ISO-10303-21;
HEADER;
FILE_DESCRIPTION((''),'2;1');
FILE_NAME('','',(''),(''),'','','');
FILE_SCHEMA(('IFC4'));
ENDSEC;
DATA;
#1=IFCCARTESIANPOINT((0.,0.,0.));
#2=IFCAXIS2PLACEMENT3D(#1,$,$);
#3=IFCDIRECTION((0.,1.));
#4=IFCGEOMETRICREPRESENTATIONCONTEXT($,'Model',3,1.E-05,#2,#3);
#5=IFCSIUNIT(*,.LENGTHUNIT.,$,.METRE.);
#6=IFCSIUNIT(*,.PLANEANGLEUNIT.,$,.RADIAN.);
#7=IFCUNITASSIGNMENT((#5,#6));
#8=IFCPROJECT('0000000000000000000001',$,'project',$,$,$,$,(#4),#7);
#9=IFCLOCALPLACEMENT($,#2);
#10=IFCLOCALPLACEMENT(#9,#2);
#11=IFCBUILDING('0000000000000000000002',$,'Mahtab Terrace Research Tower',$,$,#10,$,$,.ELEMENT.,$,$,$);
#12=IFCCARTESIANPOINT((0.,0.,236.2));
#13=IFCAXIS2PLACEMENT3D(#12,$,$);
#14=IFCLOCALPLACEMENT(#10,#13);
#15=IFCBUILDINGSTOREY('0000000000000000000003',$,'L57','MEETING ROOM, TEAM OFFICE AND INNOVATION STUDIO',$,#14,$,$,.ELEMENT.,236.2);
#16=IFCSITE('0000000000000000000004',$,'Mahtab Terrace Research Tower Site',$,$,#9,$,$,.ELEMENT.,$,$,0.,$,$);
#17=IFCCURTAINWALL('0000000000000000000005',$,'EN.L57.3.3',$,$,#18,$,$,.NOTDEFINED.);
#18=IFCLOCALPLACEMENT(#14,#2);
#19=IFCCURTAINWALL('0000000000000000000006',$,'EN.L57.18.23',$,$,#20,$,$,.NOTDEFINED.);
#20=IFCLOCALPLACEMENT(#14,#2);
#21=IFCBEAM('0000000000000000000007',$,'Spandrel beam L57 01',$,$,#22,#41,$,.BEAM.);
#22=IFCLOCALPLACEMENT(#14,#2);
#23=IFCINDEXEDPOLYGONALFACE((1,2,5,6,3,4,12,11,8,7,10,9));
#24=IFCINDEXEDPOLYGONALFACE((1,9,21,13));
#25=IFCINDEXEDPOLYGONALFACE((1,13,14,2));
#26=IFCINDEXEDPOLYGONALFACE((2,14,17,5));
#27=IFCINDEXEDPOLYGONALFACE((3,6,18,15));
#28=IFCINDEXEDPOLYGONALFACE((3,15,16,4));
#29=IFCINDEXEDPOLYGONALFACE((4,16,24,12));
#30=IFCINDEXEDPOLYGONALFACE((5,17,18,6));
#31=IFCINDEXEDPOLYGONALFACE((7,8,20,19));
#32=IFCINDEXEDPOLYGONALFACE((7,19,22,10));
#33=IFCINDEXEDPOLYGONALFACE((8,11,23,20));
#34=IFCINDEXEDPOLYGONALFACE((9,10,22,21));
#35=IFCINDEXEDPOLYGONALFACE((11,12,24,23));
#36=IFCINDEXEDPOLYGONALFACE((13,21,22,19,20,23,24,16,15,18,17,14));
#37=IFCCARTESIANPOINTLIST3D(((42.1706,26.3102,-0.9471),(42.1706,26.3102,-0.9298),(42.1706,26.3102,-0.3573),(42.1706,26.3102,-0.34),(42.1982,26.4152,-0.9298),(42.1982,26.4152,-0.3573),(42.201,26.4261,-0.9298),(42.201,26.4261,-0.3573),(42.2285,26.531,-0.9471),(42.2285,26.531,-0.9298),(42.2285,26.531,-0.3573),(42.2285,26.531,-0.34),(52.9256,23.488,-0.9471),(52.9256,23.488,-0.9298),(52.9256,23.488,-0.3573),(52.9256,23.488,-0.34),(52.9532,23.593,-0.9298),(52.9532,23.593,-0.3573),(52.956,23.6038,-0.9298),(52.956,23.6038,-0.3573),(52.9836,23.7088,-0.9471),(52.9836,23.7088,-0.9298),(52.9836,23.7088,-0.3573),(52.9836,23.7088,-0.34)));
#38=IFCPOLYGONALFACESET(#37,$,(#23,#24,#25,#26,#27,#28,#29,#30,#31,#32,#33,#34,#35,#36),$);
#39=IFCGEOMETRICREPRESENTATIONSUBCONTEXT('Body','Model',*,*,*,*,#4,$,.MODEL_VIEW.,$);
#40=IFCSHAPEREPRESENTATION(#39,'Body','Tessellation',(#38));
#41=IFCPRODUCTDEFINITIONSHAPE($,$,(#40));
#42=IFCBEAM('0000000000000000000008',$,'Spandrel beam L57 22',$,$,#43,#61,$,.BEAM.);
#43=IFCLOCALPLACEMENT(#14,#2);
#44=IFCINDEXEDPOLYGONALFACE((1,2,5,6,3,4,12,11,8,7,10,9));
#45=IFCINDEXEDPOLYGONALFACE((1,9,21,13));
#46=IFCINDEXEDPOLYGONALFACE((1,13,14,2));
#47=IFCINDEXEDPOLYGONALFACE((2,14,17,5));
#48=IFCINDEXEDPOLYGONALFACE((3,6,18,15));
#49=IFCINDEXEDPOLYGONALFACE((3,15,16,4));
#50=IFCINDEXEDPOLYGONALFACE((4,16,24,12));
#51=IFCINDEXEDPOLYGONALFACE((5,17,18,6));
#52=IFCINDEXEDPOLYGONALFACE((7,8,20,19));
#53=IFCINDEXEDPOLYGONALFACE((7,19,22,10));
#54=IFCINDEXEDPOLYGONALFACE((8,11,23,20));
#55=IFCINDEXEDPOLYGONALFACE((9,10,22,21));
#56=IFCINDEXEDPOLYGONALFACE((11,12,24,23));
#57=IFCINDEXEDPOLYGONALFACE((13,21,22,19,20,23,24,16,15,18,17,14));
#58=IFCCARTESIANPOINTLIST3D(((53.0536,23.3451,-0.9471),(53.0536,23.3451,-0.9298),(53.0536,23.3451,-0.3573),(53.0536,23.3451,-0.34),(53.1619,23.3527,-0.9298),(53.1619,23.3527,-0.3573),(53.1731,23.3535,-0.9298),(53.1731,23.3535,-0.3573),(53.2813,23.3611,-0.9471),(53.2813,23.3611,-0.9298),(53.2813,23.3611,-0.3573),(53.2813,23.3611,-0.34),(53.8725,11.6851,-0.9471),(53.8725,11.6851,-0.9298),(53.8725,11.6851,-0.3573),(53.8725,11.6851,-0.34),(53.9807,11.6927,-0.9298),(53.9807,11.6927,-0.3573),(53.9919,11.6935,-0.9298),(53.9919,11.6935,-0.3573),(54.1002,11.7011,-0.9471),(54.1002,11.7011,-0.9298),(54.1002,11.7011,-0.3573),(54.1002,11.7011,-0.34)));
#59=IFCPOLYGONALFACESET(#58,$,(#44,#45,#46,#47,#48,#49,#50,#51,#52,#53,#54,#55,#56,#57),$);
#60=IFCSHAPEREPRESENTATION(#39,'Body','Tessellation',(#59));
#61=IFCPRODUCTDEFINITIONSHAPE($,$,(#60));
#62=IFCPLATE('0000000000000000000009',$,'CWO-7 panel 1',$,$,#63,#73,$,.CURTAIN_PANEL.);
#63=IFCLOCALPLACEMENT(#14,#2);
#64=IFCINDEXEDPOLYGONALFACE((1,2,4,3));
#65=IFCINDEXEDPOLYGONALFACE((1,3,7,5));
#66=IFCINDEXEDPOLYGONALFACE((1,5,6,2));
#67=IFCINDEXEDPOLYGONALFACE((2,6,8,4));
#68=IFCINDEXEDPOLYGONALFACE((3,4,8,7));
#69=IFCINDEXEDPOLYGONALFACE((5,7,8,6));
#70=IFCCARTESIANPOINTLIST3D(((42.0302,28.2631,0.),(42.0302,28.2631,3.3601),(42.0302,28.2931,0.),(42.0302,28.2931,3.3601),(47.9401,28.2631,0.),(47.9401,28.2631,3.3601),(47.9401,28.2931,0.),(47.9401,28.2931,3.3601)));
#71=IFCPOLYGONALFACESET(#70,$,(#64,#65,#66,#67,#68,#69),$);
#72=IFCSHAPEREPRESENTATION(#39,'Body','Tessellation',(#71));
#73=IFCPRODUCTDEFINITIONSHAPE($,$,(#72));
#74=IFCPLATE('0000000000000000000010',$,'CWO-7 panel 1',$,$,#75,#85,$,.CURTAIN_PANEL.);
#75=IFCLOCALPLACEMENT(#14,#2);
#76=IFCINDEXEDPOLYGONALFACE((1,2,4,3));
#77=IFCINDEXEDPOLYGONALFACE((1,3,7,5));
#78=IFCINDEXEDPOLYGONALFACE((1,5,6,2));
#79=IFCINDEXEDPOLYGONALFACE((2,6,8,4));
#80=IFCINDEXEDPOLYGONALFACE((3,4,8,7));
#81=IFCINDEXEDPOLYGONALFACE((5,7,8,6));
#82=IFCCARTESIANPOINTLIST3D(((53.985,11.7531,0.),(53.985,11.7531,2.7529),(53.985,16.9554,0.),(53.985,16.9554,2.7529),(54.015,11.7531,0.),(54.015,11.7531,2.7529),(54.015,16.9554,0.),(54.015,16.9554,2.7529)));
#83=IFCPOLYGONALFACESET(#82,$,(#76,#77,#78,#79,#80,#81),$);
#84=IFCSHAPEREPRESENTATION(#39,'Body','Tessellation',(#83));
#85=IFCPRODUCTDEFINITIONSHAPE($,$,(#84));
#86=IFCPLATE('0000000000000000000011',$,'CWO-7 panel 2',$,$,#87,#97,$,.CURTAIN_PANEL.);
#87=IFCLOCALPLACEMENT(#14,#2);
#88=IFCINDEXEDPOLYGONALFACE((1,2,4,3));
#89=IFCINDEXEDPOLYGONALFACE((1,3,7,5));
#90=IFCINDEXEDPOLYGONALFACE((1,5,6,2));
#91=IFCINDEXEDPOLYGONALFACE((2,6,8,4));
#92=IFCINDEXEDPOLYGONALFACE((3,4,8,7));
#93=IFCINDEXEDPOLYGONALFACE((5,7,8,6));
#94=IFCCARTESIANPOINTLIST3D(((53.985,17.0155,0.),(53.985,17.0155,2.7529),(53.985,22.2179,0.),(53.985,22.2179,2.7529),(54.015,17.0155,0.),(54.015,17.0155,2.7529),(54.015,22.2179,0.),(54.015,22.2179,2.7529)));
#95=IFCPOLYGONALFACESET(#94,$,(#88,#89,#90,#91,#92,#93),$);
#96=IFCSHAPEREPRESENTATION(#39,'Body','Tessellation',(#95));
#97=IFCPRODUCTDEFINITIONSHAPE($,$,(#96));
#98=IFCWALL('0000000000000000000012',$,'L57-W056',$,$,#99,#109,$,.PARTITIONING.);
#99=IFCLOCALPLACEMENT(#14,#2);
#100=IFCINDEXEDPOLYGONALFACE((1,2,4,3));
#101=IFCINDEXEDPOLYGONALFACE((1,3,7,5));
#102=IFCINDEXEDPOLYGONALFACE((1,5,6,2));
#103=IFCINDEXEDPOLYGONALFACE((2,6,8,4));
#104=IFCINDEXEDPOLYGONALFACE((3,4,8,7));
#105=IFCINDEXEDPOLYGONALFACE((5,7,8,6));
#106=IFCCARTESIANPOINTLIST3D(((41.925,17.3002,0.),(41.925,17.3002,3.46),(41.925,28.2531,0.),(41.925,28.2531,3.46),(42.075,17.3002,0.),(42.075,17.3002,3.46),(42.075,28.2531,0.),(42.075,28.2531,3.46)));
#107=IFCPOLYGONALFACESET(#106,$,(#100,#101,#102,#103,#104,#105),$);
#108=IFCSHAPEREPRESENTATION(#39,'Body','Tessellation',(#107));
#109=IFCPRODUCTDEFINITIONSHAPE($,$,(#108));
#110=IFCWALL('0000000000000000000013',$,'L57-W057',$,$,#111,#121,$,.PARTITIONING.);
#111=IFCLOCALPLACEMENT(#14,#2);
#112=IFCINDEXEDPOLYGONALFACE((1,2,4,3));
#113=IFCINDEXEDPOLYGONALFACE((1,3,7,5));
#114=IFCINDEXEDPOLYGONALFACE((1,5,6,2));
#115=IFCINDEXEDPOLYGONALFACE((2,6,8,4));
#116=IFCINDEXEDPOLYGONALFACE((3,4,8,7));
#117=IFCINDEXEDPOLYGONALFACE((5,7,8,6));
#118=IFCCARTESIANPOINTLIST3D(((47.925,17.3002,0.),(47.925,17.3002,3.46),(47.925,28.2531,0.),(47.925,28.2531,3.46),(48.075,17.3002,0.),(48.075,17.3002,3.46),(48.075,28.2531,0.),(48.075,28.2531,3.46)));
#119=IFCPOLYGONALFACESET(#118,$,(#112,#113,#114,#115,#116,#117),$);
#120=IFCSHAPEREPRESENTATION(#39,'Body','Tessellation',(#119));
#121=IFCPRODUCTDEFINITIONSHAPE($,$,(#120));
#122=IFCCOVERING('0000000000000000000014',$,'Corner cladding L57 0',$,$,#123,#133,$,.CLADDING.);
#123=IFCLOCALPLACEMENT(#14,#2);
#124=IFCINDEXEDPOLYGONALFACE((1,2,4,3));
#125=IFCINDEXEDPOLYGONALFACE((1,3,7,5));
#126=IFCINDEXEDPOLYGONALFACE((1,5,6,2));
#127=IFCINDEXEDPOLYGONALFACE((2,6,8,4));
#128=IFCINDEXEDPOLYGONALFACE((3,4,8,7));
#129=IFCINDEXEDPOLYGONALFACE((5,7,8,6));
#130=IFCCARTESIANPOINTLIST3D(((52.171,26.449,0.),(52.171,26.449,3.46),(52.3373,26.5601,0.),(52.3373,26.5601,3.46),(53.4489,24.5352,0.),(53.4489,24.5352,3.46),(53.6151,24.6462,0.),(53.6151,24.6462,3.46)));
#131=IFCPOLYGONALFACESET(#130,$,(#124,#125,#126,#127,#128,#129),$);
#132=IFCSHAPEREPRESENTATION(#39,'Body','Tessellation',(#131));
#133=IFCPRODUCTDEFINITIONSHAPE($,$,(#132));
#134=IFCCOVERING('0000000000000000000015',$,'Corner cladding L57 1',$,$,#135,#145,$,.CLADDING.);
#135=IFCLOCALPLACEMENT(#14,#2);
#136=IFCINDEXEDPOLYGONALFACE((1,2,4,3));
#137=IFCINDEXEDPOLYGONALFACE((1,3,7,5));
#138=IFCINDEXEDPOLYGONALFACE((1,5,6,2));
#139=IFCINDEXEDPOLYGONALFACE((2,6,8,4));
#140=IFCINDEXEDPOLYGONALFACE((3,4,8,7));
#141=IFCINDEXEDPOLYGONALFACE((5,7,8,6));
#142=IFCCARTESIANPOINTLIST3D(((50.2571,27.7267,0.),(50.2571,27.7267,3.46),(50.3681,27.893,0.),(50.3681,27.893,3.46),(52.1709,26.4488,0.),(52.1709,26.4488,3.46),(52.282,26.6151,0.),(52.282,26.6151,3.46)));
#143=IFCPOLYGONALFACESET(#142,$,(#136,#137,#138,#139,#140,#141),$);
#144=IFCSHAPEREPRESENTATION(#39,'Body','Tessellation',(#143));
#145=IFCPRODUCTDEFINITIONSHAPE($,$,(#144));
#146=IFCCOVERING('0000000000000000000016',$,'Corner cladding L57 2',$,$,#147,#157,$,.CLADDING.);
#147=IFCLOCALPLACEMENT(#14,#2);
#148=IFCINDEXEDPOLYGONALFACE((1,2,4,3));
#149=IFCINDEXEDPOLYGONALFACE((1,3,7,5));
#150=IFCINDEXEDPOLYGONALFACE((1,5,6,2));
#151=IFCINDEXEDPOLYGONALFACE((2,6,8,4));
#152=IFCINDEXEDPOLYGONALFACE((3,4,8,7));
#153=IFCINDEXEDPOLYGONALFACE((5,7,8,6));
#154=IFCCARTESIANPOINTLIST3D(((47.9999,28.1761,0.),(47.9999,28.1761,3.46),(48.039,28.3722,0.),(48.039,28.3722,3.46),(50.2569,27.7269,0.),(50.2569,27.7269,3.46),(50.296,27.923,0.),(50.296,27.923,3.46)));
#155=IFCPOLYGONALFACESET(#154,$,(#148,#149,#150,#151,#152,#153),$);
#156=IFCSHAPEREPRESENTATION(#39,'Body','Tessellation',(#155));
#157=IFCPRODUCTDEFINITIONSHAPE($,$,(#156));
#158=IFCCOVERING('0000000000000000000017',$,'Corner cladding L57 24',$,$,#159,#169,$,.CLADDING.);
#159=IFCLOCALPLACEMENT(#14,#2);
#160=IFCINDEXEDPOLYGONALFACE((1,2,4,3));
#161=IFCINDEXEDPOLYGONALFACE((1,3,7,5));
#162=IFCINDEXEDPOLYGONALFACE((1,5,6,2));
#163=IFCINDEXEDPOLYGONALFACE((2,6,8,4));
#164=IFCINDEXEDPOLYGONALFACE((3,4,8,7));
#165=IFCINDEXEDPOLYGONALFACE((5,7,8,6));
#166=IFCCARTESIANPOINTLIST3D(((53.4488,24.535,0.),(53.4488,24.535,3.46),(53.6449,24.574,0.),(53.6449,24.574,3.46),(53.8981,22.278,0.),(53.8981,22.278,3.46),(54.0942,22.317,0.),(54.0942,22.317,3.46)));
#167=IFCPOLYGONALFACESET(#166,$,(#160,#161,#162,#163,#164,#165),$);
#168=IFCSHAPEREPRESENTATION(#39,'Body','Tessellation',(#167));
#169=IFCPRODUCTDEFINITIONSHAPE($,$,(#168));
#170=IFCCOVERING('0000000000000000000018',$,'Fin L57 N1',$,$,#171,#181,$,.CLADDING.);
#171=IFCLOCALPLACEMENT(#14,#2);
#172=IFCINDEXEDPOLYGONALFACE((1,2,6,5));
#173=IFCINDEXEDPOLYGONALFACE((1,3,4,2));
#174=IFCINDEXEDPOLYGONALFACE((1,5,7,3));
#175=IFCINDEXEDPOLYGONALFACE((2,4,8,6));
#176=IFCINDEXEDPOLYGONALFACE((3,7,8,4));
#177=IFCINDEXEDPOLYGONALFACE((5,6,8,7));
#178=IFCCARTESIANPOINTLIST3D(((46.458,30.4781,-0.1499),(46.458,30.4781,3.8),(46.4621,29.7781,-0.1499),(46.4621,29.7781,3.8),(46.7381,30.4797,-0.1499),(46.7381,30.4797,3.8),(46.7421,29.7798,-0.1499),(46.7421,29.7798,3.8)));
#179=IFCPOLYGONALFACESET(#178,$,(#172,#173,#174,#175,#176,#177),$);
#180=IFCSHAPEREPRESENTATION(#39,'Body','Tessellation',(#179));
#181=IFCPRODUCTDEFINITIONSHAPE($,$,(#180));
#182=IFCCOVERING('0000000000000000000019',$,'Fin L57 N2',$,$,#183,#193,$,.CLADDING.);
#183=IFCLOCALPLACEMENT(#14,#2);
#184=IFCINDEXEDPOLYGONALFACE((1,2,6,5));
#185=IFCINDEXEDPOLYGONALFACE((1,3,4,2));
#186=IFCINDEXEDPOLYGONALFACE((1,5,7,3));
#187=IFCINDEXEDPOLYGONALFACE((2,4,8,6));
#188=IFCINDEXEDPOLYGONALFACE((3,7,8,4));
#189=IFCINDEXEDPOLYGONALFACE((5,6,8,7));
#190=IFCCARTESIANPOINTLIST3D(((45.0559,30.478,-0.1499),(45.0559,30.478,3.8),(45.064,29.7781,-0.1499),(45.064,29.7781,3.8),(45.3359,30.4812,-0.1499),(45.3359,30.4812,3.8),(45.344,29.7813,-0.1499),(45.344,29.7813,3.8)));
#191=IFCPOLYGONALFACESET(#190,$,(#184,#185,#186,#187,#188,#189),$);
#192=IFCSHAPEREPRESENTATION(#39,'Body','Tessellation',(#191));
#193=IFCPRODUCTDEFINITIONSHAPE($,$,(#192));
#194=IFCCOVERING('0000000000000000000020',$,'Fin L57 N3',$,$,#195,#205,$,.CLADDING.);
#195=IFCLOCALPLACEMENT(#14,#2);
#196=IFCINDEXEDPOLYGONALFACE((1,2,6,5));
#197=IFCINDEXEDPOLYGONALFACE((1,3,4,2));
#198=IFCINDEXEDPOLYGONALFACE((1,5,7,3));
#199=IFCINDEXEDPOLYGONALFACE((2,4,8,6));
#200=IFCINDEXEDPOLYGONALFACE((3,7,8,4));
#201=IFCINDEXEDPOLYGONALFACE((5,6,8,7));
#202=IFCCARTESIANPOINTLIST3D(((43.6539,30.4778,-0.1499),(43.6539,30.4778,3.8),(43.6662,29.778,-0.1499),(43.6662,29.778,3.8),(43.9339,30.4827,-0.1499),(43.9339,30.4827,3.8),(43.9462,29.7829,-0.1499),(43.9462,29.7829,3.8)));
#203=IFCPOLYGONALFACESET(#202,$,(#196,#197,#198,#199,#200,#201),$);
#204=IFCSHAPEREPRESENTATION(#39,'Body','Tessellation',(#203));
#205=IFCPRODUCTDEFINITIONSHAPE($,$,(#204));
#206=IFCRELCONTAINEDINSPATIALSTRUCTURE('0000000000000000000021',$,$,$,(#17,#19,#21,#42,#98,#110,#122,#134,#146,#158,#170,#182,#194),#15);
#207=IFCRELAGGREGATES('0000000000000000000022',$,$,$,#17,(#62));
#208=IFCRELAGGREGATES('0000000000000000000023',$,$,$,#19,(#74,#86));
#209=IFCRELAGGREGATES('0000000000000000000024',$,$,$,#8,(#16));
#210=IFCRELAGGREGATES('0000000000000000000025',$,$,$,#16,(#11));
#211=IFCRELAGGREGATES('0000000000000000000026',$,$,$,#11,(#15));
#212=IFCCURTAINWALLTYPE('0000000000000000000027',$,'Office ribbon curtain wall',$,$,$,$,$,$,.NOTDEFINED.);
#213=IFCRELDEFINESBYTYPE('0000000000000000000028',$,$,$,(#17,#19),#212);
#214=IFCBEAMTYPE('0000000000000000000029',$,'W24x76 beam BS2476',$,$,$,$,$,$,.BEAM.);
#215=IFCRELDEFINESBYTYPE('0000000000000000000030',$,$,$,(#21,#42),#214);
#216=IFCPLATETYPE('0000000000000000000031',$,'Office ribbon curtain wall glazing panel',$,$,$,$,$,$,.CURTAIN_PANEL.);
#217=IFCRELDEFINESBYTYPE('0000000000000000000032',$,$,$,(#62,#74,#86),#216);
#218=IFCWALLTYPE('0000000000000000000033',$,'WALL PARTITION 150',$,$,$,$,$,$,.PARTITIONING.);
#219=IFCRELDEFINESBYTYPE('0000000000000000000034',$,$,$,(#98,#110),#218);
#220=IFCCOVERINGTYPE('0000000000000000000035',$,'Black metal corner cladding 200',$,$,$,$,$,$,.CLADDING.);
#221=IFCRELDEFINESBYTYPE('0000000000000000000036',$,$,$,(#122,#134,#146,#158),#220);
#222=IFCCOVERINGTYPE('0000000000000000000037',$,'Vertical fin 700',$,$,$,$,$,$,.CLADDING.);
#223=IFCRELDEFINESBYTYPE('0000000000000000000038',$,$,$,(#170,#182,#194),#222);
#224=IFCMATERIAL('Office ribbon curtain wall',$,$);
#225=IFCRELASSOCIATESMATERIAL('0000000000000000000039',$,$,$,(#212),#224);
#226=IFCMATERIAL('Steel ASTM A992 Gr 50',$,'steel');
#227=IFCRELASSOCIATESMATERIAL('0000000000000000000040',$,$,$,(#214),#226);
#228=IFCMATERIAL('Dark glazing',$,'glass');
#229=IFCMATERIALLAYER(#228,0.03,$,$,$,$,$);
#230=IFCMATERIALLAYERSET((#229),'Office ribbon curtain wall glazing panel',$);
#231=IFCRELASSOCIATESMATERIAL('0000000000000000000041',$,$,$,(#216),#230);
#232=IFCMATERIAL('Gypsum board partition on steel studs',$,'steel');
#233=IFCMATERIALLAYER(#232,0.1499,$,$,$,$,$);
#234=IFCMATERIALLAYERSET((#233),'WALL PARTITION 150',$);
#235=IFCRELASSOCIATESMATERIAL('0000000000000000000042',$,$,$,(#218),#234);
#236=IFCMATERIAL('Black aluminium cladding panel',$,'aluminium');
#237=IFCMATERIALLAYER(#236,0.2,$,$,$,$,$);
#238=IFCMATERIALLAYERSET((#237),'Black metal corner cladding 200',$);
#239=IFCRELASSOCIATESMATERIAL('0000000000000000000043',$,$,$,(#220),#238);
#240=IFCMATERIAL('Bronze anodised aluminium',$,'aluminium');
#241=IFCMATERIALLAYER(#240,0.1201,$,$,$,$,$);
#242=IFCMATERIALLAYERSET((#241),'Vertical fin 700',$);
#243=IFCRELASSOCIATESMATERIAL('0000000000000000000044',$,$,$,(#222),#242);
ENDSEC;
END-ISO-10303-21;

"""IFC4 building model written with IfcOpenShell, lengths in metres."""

from ifc_helpers import new_model, si_unit, direction, frame, frame_2d, origin, origin_2d, place, context, subcontext, project, spatial, rectangle, i_section, extrude, material, layer, layer_set, material_profile, profile_set, type_object, element, aggregate, save


model = new_model("IFC4")

# Units and contexts
model_context = context("Model", 3, precision=1e-05, world=origin(), true_north=direction((0.0, 1.0)))
body_context = subcontext(model_context, "Body", "Model", "MODEL_VIEW")
ifc_project = project(units=[si_unit("LENGTHUNIT", "METRE"), si_unit("PLANEANGLEUNIT", "RADIAN")], contexts=[model_context])

# Site, building, storey
site_placement = place(None, origin())
site = spatial("IfcSite", under=ifc_project, at=site_placement, Name="Mahtab Terrace Research Tower Site", CompositionType="ELEMENT", RefElevation=0.0)
building_placement = place(site_placement, origin())
building = spatial("IfcBuilding", under=site, at=building_placement, Name="Mahtab Terrace Research Tower", CompositionType="ELEMENT")
storey_placement = place(building_placement, frame((0.0, 0.0, 236.2)))
storey = spatial("IfcBuildingStorey", under=building, at=storey_placement, Name="L57", Description="MEETING ROOM, TEAM OFFICE AND INNOVATION STUDIO", CompositionType="ELEMENT", Elevation=236.2)

# Shared definitions
ifc_material_1 = material(Name="Steel ASTM A992 Gr 50", Category="steel")

# Curtain walls
ifc_material_2 = material(Name="Office ribbon curtain wall")
curtain_wall_type = type_object("IfcCurtainWallType", Name="Office ribbon curtain wall", PredefinedType="NOTDEFINED", material=ifc_material_2)
curtain_wall_1_placement = place(storey_placement, origin())
curtain_wall_1 = element("IfcCurtainWall", 1, at=curtain_wall_1_placement, inside=storey, type_object=curtain_wall_type, Name="EN.L57.3.3", PredefinedType="NOTDEFINED")
curtain_wall_2_placement = place(storey_placement, origin())
curtain_wall_2 = element("IfcCurtainWall", 2, at=curtain_wall_2_placement, inside=storey, type_object=curtain_wall_type, Name="EN.L57.18.23", PredefinedType="NOTDEFINED")

# Beams
ifc_material_profile_1 = material_profile(ifc_material_1, i_section(OverallWidth=0.2283, OverallDepth=0.6072, WebThickness=0.0112, FlangeThickness=0.0173, at=origin_2d()), Name="W24X76")
ifc_profile_set_1 = profile_set([ifc_material_profile_1], Name="Steel ASTM A992 Gr 50")
beam_type = type_object("IfcBeamType", Name="W24x76 beam BS2476", PredefinedType="BEAM", material=ifc_profile_set_1)
beam_1_placement = place(storey_placement, frame((52.9546, 23.5984, -0.6436), z_axis=(-0.967252, 0.253818, 0.0), x_axis=(-0.253818, -0.967252, 0.0)))
element("IfcBeam", 3, at=beam_1_placement, inside=storey, type_object=beam_type, Name="Spandrel beam L57 01", PredefinedType="BEAM", context=body_context, shape_type="SweptSolid", body=[
    extrude(i_section(OverallWidth=0.2283, OverallDepth=0.6072, WebThickness=0.0112, FlangeThickness=0.0173, at=origin_2d()), origin(), (0.0, 0.0, 1.0), 11.1191),
])
beam_2_placement = place(storey_placement, frame((53.9863, 11.6931, -0.6436), z_axis=(-0.070055, 0.997543, 0.0), x_axis=(-0.997543, -0.070055, 0.0)))
element("IfcBeam", 4, at=beam_2_placement, inside=storey, type_object=beam_type, Name="Spandrel beam L57 22", PredefinedType="BEAM", context=body_context, shape_type="SweptSolid", body=[
    extrude(i_section(OverallWidth=0.2283, OverallDepth=0.6072, WebThickness=0.0112, FlangeThickness=0.0173, at=origin_2d()), origin(), (0.0, 0.0, 1.0), 11.6887),
])

# Plates
ifc_material_3 = material(Name="Dark glazing", Category="glass")
ifc_layer_1 = layer(ifc_material_3, 0.03)
ifc_layer_set_1 = layer_set([ifc_layer_1], Name="Office ribbon curtain wall glazing panel")
plate_type = type_object("IfcPlateType", Name="Office ribbon curtain wall glazing panel", PredefinedType="CURTAIN_PANEL", material=ifc_layer_set_1)
plate_1_placement = place(storey_placement, frame((44.9851, 28.2781, 0.0), z_axis=(0.0, 0.0, 1.0), x_axis=(-1.0, 0.0, 0.0)))
plate_1 = element("IfcPlate", 5, at=plate_1_placement, type_object=plate_type, Name="CWO-7 panel 1", PredefinedType="CURTAIN_PANEL", context=body_context, shape_type="SweptSolid", body=[
    extrude(rectangle(XDim=5.9099, YDim=0.03, at=origin_2d()), origin(), (0.0, 0.0, 1.0), 3.3601),
])
aggregate(curtain_wall_1, [plate_1])
plate_2_placement = place(storey_placement, frame((54.0, 14.3542, 0.0), z_axis=(0.0, 0.0, 1.0), x_axis=(0.0, 1.0, 0.0)))
plate_2 = element("IfcPlate", 6, at=plate_2_placement, type_object=plate_type, Name="CWO-7 panel 1", PredefinedType="CURTAIN_PANEL", context=body_context, shape_type="SweptSolid", body=[
    extrude(rectangle(XDim=5.2024, YDim=0.03, at=origin_2d()), origin(), (0.0, 0.0, 1.0), 2.7529),
])
plate_3_placement = place(storey_placement, frame((54.0, 19.6167, 0.0), z_axis=(0.0, 0.0, 1.0), x_axis=(0.0, 1.0, 0.0)))
plate_3 = element("IfcPlate", 7, at=plate_3_placement, type_object=plate_type, Name="CWO-7 panel 2", PredefinedType="CURTAIN_PANEL", context=body_context, shape_type="SweptSolid", body=[
    extrude(rectangle(XDim=5.2024, YDim=0.03, at=origin_2d()), origin(), (0.0, 0.0, 1.0), 2.7529),
])
aggregate(curtain_wall_2, [plate_2, plate_3])

# Walls
ifc_material_4 = material(Name="Gypsum board partition on steel studs", Category="steel")
ifc_layer_2 = layer(ifc_material_4, 0.1499)
ifc_layer_set_2 = layer_set([ifc_layer_2], Name="WALL PARTITION 150")
wall_type = type_object("IfcWallType", Name="WALL PARTITION 150", PredefinedType="PARTITIONING", material=ifc_layer_set_2)
for number, where, z_axis, x_axis, name in (
    (8, (42.0, 17.3, 0.0), (0.0, 0.0, 1.0), (0.0, 1.0, 0.0), "L57-W056"),
    (9, (48.0, 17.3, 0.0), (0.0, 0.0, 1.0), (0.0, 1.0, 0.0), "L57-W057"),
):
    element("IfcWall", number, at=place(storey_placement, frame(where, z_axis=z_axis, x_axis=x_axis)), inside=storey, type_object=wall_type, Name=name, PredefinedType="PARTITIONING", context=body_context, shape_type="SweptSolid", body=[
        extrude(rectangle(XDim=10.9529, YDim=0.1499, at=frame_2d((5.4766, 0.0))), origin(), (0.0, 0.0, 1.0), 3.46),
    ])

# Coverings
ifc_material_5 = material(Name="Black aluminium cladding panel", Category="aluminium")
ifc_layer_3 = layer(ifc_material_5, 0.2)
ifc_layer_set_3 = layer_set([ifc_layer_3], Name="Black metal corner cladding 200")
covering_type_1 = type_object("IfcCoveringType", Name="Black metal corner cladding 200", PredefinedType="CLADDING", material=ifc_layer_set_3)
for number, where, z_axis, x_axis, name in (
    (10, (52.8931, 25.5476, 0.0), (0.0, 0.0, 1.0), (-0.555291, 0.831656, 0.0), "Corner cladding L57 0"),
    (11, (51.2695, 27.1709, 0.0), (0.0, 0.0, 1.0), (-0.831656, 0.555291, 0.0), "Corner cladding L57 1"),
    (12, (49.1479, 28.0496, 0.0), (0.0, 0.0, 1.0), (-0.980761, 0.195212, 0.0), "Corner cladding L57 2"),
    (13, (53.7715, 23.426, 0.0), (0.0, 0.0, 1.0), (-0.195212, 0.980761, 0.0), "Corner cladding L57 24"),
):
    element("IfcCovering", number, at=place(storey_placement, frame(where, z_axis=z_axis, x_axis=x_axis)), inside=storey, type_object=covering_type_1, Name=name, PredefinedType="CLADDING", context=body_context, shape_type="SweptSolid", body=[
        extrude(rectangle(XDim=2.3013, YDim=0.2, at=origin_2d()), origin(), (0.0, 0.0, 1.0), 3.46),
    ])
ifc_material_6 = material(Name="Bronze anodised aluminium", Category="aluminium")
ifc_layer_4 = layer(ifc_material_6, 0.1201)
ifc_layer_set_4 = layer_set([ifc_layer_4], Name="Vertical fin 700")
covering_type_2 = type_object("IfcCoveringType", Name="Vertical fin 700", PredefinedType="CLADDING", material=ifc_layer_set_4)
for number, where, z_axis, x_axis, name in (
    (14, (46.6001, 30.1289, -0.1499), (0.0, 0.0, 1.0), (-0.999983, -0.005818, 0.0), "Fin L57 N1"),
    (15, (45.2, 30.1296, -0.1499), (0.0, 0.0, 1.0), (-0.999932, -0.011635, 0.0), "Fin L57 N2"),
    (16, (43.8, 30.1304, -0.1499), (0.0, 0.0, 1.0), (-0.999848, -0.017452, 0.0), "Fin L57 N3"),
):
    element("IfcCovering", number, at=place(storey_placement, frame(where, z_axis=z_axis, x_axis=x_axis)), inside=storey, type_object=covering_type_2, Name=name, PredefinedType="CLADDING", context=body_context, shape_type="SweptSolid", body=[
        extrude(rectangle(XDim=0.28, YDim=0.7, at=origin_2d()), origin(), (0.0, 0.0, 1.0), 3.95),
    ])

save(model, "model.ifc")
